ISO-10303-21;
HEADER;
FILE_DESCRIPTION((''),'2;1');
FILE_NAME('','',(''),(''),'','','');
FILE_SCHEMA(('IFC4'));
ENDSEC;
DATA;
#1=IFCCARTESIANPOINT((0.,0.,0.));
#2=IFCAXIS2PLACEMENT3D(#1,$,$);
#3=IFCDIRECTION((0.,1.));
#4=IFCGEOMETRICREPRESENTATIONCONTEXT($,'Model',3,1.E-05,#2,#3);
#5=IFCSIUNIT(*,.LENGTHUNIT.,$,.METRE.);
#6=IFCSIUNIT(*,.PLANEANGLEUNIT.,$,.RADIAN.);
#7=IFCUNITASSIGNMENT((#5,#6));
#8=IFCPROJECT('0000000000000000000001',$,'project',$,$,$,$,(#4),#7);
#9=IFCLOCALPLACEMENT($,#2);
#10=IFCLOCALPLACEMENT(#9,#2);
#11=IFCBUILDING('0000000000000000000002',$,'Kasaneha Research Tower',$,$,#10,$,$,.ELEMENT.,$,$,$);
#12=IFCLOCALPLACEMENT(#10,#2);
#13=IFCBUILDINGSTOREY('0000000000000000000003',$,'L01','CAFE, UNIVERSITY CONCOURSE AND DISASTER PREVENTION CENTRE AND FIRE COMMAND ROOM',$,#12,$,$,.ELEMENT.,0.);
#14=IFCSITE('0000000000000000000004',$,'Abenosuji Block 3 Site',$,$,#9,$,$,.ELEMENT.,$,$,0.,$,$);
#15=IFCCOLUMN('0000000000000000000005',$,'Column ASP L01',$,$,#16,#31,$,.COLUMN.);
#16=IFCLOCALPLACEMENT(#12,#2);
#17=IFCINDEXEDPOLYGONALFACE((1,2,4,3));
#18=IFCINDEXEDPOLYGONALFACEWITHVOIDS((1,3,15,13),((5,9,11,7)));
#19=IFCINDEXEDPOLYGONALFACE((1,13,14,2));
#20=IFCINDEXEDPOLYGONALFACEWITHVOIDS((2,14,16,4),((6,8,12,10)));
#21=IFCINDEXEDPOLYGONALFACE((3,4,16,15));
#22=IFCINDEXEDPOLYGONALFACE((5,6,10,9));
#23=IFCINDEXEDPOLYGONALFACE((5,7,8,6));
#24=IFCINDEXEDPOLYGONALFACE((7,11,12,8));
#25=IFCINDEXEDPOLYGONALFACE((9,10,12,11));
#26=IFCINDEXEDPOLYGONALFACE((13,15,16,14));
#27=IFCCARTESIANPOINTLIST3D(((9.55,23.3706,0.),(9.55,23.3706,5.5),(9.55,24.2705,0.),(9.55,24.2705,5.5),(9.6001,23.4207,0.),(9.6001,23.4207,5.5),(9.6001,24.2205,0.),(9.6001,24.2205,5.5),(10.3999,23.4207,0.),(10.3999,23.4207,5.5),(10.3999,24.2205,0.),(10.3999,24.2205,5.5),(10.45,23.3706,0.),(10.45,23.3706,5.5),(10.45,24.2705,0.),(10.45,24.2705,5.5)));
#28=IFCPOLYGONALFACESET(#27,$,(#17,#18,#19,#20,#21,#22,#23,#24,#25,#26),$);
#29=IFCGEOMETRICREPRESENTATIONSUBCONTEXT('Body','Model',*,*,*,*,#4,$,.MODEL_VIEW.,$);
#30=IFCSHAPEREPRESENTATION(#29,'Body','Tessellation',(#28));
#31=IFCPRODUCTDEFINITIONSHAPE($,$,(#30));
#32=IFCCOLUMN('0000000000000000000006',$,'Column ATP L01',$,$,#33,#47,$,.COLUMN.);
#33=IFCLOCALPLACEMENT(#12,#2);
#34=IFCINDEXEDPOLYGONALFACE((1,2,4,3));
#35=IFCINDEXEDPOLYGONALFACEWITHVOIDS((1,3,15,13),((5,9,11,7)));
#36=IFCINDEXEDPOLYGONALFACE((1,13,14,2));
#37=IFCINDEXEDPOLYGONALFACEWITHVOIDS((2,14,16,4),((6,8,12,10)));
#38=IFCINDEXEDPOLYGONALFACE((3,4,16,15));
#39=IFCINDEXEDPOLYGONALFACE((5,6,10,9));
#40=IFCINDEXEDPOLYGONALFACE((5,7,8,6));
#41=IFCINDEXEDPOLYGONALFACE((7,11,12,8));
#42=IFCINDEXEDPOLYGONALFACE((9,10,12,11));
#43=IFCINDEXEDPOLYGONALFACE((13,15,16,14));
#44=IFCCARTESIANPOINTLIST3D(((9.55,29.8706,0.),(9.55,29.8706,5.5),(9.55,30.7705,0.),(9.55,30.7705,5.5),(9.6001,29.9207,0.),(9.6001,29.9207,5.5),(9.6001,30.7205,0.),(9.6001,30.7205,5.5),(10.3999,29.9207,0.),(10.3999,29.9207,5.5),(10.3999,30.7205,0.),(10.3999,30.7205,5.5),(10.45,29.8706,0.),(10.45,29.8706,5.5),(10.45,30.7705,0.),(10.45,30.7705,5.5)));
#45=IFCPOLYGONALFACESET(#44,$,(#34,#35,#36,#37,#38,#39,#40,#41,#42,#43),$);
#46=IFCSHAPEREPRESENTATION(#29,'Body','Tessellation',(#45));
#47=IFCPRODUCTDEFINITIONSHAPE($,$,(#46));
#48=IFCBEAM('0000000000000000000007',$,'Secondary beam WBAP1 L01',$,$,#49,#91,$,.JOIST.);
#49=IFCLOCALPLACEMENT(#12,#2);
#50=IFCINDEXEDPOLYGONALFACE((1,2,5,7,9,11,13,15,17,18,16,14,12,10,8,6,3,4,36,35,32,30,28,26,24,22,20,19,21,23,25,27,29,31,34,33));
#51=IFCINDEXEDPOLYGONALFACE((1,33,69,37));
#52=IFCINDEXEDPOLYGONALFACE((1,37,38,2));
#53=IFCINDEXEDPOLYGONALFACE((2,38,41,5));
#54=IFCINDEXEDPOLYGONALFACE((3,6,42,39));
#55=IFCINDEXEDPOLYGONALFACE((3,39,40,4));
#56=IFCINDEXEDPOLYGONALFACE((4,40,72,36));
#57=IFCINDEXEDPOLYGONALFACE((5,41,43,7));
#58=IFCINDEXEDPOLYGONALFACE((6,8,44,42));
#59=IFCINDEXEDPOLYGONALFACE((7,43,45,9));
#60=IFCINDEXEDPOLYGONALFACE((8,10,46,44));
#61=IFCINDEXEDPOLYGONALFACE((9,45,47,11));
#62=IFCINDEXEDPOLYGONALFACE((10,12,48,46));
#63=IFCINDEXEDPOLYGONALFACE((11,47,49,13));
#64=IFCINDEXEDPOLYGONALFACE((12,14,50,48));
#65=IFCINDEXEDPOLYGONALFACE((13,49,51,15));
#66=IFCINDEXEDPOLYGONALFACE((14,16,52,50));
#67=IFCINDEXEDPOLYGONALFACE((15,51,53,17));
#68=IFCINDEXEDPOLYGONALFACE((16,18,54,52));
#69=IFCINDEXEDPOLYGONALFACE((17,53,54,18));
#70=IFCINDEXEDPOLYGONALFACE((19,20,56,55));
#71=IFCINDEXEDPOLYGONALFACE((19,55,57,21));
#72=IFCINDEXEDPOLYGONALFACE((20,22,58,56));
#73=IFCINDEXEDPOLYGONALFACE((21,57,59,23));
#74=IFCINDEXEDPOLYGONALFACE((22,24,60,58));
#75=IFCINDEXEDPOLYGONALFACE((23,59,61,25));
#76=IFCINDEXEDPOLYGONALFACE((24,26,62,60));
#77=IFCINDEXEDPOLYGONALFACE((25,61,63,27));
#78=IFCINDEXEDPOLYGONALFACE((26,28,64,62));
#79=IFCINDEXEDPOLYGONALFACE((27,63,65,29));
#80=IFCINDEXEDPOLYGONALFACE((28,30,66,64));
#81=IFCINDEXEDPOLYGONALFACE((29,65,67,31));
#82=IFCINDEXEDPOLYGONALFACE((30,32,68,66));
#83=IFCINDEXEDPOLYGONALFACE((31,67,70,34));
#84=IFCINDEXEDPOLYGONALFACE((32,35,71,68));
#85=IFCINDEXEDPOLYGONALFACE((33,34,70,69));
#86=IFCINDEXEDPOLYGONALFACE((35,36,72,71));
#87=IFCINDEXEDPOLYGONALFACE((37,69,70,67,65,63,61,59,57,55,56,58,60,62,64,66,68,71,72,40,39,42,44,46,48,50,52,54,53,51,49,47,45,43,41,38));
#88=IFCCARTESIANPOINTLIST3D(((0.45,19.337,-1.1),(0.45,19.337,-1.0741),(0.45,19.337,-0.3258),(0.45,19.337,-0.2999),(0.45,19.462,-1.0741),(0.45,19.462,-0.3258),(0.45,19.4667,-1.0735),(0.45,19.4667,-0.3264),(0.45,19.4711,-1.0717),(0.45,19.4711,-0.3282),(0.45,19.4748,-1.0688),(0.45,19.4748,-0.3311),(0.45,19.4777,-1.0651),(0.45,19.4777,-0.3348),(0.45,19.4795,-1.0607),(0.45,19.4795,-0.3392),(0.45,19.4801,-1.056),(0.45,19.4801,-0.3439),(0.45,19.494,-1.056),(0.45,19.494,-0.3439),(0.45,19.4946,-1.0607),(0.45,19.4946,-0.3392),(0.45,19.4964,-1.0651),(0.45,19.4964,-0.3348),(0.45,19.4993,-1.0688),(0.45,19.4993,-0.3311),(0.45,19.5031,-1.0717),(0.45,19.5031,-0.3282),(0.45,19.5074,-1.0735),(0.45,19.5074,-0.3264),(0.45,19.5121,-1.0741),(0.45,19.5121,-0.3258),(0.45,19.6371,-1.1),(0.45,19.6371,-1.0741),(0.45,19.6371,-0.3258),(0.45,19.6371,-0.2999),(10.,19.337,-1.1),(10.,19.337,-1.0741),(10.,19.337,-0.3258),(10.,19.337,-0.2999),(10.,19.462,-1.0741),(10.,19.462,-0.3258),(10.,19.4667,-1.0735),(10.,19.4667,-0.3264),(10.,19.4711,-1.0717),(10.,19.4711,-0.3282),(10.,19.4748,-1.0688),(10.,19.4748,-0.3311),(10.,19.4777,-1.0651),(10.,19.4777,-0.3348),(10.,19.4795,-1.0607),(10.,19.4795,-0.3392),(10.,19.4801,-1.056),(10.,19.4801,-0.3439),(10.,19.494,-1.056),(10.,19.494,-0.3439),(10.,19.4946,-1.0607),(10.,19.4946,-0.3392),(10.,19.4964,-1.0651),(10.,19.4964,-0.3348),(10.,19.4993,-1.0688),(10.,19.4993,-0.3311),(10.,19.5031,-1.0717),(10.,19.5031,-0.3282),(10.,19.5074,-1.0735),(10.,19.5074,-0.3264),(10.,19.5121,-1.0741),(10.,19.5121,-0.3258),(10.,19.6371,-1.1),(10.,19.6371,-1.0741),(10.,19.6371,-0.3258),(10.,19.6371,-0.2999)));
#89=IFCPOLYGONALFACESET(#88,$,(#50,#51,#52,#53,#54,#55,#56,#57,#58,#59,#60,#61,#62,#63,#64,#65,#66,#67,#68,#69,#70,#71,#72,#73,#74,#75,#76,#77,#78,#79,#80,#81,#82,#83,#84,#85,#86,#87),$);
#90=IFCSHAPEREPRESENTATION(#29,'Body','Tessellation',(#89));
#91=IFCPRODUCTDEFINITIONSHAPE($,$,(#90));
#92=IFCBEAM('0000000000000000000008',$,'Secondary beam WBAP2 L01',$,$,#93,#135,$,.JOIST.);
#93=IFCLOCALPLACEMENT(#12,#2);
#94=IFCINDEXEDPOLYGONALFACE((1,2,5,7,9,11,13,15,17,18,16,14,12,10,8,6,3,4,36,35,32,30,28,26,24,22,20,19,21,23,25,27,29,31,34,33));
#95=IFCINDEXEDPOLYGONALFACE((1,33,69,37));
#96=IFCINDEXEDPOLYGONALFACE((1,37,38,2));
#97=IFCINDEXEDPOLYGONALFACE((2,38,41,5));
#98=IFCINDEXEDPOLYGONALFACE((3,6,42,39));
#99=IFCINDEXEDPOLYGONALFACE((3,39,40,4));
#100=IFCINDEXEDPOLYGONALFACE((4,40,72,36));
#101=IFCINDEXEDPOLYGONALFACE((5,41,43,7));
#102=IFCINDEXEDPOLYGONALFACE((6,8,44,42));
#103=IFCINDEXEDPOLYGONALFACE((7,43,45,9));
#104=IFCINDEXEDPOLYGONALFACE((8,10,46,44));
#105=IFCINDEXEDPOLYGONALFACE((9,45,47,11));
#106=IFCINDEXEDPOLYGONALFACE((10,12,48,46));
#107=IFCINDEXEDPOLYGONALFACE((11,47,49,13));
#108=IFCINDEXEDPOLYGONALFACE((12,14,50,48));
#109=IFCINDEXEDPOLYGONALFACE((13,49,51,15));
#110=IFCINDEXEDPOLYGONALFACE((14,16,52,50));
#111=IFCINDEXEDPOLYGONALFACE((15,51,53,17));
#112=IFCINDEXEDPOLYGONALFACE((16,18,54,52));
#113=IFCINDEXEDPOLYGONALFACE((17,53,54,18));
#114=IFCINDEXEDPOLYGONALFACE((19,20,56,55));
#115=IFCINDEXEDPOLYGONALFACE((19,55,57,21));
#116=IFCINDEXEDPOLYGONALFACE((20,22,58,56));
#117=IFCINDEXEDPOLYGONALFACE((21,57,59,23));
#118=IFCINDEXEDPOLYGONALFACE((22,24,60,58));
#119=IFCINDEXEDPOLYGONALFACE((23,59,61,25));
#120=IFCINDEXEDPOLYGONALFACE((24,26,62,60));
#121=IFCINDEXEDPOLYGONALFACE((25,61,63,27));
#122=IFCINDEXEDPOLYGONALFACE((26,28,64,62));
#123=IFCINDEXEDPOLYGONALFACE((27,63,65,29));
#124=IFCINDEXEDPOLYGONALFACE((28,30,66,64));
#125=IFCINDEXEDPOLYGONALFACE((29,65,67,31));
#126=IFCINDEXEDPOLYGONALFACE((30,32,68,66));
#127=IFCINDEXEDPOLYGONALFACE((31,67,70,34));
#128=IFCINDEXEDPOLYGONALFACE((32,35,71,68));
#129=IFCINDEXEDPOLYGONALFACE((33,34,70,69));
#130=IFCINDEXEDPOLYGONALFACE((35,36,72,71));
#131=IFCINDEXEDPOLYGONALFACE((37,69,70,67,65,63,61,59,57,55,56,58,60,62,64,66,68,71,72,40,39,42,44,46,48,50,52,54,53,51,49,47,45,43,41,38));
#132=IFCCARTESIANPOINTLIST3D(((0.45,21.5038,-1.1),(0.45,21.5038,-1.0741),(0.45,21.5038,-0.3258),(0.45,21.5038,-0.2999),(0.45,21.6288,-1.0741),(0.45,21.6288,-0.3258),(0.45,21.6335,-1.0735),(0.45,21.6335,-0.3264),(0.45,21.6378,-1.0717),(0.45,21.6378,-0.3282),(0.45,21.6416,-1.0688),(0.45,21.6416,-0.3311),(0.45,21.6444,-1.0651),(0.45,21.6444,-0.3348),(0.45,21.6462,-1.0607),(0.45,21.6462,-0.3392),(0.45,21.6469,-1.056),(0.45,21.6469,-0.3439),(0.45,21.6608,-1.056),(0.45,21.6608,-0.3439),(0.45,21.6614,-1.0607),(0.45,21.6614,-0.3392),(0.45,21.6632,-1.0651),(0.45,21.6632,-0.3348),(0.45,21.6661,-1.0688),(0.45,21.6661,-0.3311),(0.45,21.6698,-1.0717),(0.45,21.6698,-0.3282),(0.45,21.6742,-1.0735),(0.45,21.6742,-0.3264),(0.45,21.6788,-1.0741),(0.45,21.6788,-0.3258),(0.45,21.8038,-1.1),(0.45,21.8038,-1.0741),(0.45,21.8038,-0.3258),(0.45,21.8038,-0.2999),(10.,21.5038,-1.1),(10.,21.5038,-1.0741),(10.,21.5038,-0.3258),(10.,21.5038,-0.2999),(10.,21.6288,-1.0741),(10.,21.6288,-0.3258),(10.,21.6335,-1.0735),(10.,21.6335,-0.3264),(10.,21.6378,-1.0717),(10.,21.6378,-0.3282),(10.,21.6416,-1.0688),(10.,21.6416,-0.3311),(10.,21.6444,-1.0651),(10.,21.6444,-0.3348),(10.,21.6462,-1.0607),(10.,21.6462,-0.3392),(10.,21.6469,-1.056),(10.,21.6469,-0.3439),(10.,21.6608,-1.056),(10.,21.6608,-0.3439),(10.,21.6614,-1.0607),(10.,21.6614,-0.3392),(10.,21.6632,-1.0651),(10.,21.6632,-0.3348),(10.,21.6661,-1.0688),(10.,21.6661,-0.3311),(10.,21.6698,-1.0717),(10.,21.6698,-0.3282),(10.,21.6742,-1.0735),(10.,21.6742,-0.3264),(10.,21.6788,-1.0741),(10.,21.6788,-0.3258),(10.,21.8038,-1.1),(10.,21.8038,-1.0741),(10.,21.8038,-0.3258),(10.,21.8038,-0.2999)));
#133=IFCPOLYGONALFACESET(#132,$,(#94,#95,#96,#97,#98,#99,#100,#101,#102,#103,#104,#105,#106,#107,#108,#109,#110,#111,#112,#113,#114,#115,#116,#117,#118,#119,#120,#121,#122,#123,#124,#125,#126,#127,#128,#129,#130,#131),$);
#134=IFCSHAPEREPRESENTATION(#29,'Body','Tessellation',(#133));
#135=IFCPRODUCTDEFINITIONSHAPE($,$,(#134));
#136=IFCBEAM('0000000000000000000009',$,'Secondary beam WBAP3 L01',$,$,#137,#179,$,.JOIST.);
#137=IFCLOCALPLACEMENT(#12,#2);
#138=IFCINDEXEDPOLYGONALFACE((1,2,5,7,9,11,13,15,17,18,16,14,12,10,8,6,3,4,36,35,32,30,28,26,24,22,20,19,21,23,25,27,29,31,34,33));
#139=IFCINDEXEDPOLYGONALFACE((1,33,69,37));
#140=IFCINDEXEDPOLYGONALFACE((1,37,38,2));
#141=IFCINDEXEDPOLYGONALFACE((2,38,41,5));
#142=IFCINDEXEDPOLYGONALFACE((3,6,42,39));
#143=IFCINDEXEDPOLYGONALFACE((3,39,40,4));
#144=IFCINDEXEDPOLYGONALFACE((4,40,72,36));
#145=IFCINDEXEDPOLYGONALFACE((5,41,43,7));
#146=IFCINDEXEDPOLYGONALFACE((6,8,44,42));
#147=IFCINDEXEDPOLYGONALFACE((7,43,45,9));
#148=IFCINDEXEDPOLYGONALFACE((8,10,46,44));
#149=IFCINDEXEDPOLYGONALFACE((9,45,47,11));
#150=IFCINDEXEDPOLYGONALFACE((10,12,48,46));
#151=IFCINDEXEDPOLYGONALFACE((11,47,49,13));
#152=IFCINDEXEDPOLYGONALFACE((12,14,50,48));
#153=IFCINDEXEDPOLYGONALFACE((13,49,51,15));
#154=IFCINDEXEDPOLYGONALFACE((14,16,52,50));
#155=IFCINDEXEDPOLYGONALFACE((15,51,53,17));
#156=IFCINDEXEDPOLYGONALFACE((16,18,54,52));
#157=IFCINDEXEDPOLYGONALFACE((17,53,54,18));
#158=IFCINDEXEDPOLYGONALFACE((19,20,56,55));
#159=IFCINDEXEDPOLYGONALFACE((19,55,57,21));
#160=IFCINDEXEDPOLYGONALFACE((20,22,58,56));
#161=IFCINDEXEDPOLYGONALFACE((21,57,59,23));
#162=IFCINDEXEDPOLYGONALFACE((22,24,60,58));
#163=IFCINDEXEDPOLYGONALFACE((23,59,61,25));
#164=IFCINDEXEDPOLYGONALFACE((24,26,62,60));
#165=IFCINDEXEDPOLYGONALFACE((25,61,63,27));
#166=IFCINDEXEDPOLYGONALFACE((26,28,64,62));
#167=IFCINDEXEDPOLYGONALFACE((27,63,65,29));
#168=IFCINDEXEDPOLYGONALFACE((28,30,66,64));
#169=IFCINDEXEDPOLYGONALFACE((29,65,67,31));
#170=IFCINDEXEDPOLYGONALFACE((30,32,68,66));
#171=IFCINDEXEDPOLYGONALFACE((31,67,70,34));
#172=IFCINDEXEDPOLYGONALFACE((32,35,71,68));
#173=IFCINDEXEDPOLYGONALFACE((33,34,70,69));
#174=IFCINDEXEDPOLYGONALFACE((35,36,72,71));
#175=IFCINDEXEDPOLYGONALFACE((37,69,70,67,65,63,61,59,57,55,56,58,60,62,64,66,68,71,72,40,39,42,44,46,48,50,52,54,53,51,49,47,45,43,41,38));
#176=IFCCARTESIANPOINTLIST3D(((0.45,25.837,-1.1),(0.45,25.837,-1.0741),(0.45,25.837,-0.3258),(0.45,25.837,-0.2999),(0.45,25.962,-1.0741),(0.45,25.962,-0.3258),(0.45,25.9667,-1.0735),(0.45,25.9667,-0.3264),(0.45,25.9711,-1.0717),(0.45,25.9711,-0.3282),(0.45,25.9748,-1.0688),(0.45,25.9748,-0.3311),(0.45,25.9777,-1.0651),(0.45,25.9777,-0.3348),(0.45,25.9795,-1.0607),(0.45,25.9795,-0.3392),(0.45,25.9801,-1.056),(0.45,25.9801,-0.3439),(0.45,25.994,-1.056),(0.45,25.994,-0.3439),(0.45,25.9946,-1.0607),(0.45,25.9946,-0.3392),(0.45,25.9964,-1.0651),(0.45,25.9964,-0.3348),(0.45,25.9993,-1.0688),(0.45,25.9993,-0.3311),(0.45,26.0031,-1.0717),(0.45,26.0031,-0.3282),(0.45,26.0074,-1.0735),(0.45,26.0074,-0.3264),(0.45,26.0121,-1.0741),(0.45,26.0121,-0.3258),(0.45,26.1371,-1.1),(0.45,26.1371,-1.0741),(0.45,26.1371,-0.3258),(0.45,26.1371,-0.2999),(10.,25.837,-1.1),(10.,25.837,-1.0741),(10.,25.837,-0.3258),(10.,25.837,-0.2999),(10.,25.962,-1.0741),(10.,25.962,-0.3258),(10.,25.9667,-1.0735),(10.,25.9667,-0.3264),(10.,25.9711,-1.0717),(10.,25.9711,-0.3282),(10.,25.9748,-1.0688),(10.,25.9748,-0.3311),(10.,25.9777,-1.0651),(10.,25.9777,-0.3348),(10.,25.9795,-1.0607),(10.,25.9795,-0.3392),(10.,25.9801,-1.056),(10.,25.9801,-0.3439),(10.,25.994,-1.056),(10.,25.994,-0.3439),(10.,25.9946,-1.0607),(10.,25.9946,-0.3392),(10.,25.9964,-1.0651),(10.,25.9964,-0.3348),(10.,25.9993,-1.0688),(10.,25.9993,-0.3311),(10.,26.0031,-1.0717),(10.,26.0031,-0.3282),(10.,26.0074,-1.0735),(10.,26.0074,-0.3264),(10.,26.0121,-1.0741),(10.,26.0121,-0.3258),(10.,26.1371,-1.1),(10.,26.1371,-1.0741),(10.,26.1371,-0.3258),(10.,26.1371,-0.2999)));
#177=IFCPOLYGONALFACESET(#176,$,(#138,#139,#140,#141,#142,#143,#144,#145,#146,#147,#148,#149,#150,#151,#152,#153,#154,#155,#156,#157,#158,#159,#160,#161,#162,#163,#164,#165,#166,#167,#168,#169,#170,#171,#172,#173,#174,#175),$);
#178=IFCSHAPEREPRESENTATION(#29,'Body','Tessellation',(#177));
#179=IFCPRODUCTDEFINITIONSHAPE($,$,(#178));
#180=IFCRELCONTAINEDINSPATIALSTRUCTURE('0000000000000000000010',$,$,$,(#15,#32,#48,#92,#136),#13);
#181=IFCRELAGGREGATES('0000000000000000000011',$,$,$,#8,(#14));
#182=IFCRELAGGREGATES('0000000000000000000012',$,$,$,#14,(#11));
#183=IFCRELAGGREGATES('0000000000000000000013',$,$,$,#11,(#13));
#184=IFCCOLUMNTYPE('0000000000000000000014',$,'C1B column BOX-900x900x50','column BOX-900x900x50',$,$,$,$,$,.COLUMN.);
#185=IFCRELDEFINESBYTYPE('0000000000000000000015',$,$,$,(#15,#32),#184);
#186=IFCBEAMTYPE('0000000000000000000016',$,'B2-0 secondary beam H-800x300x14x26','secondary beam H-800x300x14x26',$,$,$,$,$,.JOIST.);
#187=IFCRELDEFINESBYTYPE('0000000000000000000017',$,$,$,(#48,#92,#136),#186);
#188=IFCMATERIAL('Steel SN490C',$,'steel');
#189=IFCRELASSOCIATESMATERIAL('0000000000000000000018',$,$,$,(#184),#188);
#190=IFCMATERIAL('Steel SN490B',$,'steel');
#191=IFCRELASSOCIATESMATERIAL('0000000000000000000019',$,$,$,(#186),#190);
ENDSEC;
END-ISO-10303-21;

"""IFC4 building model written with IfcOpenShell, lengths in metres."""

from ifc_helpers import new_model, si_unit, direction, frame, origin, origin_2d, place, context, subcontext, project, spatial, hollow_rectangle, i_section, extrude, material, material_profile, profile_set, type_object, element, save


model = new_model("IFC4")

# Units and contexts
model_context = context("Model", 3, precision=1e-05, world=origin(), true_north=direction((0.0, 1.0)))
body_context = subcontext(model_context, "Body", "Model", "MODEL_VIEW")
ifc_project = project(units=[si_unit("LENGTHUNIT", "METRE"), si_unit("PLANEANGLEUNIT", "RADIAN")], contexts=[model_context])

# Site, building, storey
site_placement = place(None, origin())
site = spatial("IfcSite", under=ifc_project, at=site_placement, Name="Abenosuji Block 3 Site", CompositionType="ELEMENT", RefElevation=0.0)
building_placement = place(site_placement, origin())
building = spatial("IfcBuilding", under=site, at=building_placement, Name="Kasaneha Research Tower", CompositionType="ELEMENT")
storey_placement = place(building_placement, origin())
storey = spatial("IfcBuildingStorey", under=building, at=storey_placement, Name="L01", Description="CAFE, UNIVERSITY CONCOURSE AND DISASTER PREVENTION CENTRE AND FIRE COMMAND ROOM", CompositionType="ELEMENT", Elevation=0.0)

# Columns
ifc_material_1 = material(Name="Steel SN490C", Category="steel")
ifc_material_profile_1 = material_profile(ifc_material_1, hollow_rectangle(XDim=0.8999, YDim=0.8999, WallThickness=0.05, at=origin_2d()), Name="BOX-900x900x50")
ifc_profile_set_1 = profile_set([ifc_material_profile_1], Name="Steel SN490C")
column_type = type_object("IfcColumnType", Name="C1B column BOX-900x900x50", Description="column BOX-900x900x50", PredefinedType="COLUMN", material=ifc_profile_set_1)
for number, where, z_axis, x_axis, name in (
    (1, (10.0, 23.8206, 0.0), (0.0, 0.0, 1.0), (1.0, 0.0, 0.0), "Column ASP L01"),
    (2, (10.0, 30.3206, 0.0), (0.0, 0.0, 1.0), (1.0, 0.0, 0.0), "Column ATP L01"),
):
    element("IfcColumn", number, at=place(storey_placement, frame(where, z_axis=z_axis, x_axis=x_axis)), inside=storey, type_object=column_type, Name=name, PredefinedType="COLUMN", context=body_context, shape_type="SweptSolid", body=[
        extrude(hollow_rectangle(XDim=0.8999, YDim=0.8999, WallThickness=0.05, at=origin_2d()), origin(), (0.0, 0.0, 1.0), 5.5),
    ])

# Beams
ifc_material_2 = material(Name="Steel SN490B", Category="steel")
ifc_material_profile_2 = material_profile(ifc_material_2, i_section(OverallWidth=0.3, OverallDepth=0.8, WebThickness=0.0139, FlangeThickness=0.0259, FilletRadius=0.0181, at=origin_2d()), Name="H-800x300x14x26")
ifc_profile_set_2 = profile_set([ifc_material_profile_2], Name="Steel SN490B")
beam_type_1 = type_object("IfcBeamType", Name="B2-0 secondary beam H-800x300x14x26", Description="secondary beam H-800x300x14x26", PredefinedType="JOIST", material=ifc_profile_set_2)
for number, where, z_axis, x_axis, name in (
    (3, (10.0, 19.4871, -0.7), (-1.0, 0.0, 0.0), (0.0, -1.0, 0.0), "Secondary beam WBAP1 L01"),
    (4, (10.0, 21.6538, -0.7), (-1.0, 0.0, 0.0), (0.0, -1.0, 0.0), "Secondary beam WBAP2 L01"),
    (5, (10.0, 25.9871, -0.7), (-1.0, 0.0, 0.0), (0.0, -1.0, 0.0), "Secondary beam WBAP3 L01"),
):
    element("IfcBeam", number, at=place(storey_placement, frame(where, z_axis=z_axis, x_axis=x_axis)), inside=storey, type_object=beam_type_1, Name=name, PredefinedType="JOIST", context=body_context, shape_type="SweptSolid", body=[
        extrude(i_section(OverallWidth=0.3, OverallDepth=0.8, WebThickness=0.0139, FlangeThickness=0.0259, FilletRadius=0.0181, at=origin_2d()), origin(), (0.0, 0.0, 1.0), 9.55),
    ])

save(model, "model.ifc")
